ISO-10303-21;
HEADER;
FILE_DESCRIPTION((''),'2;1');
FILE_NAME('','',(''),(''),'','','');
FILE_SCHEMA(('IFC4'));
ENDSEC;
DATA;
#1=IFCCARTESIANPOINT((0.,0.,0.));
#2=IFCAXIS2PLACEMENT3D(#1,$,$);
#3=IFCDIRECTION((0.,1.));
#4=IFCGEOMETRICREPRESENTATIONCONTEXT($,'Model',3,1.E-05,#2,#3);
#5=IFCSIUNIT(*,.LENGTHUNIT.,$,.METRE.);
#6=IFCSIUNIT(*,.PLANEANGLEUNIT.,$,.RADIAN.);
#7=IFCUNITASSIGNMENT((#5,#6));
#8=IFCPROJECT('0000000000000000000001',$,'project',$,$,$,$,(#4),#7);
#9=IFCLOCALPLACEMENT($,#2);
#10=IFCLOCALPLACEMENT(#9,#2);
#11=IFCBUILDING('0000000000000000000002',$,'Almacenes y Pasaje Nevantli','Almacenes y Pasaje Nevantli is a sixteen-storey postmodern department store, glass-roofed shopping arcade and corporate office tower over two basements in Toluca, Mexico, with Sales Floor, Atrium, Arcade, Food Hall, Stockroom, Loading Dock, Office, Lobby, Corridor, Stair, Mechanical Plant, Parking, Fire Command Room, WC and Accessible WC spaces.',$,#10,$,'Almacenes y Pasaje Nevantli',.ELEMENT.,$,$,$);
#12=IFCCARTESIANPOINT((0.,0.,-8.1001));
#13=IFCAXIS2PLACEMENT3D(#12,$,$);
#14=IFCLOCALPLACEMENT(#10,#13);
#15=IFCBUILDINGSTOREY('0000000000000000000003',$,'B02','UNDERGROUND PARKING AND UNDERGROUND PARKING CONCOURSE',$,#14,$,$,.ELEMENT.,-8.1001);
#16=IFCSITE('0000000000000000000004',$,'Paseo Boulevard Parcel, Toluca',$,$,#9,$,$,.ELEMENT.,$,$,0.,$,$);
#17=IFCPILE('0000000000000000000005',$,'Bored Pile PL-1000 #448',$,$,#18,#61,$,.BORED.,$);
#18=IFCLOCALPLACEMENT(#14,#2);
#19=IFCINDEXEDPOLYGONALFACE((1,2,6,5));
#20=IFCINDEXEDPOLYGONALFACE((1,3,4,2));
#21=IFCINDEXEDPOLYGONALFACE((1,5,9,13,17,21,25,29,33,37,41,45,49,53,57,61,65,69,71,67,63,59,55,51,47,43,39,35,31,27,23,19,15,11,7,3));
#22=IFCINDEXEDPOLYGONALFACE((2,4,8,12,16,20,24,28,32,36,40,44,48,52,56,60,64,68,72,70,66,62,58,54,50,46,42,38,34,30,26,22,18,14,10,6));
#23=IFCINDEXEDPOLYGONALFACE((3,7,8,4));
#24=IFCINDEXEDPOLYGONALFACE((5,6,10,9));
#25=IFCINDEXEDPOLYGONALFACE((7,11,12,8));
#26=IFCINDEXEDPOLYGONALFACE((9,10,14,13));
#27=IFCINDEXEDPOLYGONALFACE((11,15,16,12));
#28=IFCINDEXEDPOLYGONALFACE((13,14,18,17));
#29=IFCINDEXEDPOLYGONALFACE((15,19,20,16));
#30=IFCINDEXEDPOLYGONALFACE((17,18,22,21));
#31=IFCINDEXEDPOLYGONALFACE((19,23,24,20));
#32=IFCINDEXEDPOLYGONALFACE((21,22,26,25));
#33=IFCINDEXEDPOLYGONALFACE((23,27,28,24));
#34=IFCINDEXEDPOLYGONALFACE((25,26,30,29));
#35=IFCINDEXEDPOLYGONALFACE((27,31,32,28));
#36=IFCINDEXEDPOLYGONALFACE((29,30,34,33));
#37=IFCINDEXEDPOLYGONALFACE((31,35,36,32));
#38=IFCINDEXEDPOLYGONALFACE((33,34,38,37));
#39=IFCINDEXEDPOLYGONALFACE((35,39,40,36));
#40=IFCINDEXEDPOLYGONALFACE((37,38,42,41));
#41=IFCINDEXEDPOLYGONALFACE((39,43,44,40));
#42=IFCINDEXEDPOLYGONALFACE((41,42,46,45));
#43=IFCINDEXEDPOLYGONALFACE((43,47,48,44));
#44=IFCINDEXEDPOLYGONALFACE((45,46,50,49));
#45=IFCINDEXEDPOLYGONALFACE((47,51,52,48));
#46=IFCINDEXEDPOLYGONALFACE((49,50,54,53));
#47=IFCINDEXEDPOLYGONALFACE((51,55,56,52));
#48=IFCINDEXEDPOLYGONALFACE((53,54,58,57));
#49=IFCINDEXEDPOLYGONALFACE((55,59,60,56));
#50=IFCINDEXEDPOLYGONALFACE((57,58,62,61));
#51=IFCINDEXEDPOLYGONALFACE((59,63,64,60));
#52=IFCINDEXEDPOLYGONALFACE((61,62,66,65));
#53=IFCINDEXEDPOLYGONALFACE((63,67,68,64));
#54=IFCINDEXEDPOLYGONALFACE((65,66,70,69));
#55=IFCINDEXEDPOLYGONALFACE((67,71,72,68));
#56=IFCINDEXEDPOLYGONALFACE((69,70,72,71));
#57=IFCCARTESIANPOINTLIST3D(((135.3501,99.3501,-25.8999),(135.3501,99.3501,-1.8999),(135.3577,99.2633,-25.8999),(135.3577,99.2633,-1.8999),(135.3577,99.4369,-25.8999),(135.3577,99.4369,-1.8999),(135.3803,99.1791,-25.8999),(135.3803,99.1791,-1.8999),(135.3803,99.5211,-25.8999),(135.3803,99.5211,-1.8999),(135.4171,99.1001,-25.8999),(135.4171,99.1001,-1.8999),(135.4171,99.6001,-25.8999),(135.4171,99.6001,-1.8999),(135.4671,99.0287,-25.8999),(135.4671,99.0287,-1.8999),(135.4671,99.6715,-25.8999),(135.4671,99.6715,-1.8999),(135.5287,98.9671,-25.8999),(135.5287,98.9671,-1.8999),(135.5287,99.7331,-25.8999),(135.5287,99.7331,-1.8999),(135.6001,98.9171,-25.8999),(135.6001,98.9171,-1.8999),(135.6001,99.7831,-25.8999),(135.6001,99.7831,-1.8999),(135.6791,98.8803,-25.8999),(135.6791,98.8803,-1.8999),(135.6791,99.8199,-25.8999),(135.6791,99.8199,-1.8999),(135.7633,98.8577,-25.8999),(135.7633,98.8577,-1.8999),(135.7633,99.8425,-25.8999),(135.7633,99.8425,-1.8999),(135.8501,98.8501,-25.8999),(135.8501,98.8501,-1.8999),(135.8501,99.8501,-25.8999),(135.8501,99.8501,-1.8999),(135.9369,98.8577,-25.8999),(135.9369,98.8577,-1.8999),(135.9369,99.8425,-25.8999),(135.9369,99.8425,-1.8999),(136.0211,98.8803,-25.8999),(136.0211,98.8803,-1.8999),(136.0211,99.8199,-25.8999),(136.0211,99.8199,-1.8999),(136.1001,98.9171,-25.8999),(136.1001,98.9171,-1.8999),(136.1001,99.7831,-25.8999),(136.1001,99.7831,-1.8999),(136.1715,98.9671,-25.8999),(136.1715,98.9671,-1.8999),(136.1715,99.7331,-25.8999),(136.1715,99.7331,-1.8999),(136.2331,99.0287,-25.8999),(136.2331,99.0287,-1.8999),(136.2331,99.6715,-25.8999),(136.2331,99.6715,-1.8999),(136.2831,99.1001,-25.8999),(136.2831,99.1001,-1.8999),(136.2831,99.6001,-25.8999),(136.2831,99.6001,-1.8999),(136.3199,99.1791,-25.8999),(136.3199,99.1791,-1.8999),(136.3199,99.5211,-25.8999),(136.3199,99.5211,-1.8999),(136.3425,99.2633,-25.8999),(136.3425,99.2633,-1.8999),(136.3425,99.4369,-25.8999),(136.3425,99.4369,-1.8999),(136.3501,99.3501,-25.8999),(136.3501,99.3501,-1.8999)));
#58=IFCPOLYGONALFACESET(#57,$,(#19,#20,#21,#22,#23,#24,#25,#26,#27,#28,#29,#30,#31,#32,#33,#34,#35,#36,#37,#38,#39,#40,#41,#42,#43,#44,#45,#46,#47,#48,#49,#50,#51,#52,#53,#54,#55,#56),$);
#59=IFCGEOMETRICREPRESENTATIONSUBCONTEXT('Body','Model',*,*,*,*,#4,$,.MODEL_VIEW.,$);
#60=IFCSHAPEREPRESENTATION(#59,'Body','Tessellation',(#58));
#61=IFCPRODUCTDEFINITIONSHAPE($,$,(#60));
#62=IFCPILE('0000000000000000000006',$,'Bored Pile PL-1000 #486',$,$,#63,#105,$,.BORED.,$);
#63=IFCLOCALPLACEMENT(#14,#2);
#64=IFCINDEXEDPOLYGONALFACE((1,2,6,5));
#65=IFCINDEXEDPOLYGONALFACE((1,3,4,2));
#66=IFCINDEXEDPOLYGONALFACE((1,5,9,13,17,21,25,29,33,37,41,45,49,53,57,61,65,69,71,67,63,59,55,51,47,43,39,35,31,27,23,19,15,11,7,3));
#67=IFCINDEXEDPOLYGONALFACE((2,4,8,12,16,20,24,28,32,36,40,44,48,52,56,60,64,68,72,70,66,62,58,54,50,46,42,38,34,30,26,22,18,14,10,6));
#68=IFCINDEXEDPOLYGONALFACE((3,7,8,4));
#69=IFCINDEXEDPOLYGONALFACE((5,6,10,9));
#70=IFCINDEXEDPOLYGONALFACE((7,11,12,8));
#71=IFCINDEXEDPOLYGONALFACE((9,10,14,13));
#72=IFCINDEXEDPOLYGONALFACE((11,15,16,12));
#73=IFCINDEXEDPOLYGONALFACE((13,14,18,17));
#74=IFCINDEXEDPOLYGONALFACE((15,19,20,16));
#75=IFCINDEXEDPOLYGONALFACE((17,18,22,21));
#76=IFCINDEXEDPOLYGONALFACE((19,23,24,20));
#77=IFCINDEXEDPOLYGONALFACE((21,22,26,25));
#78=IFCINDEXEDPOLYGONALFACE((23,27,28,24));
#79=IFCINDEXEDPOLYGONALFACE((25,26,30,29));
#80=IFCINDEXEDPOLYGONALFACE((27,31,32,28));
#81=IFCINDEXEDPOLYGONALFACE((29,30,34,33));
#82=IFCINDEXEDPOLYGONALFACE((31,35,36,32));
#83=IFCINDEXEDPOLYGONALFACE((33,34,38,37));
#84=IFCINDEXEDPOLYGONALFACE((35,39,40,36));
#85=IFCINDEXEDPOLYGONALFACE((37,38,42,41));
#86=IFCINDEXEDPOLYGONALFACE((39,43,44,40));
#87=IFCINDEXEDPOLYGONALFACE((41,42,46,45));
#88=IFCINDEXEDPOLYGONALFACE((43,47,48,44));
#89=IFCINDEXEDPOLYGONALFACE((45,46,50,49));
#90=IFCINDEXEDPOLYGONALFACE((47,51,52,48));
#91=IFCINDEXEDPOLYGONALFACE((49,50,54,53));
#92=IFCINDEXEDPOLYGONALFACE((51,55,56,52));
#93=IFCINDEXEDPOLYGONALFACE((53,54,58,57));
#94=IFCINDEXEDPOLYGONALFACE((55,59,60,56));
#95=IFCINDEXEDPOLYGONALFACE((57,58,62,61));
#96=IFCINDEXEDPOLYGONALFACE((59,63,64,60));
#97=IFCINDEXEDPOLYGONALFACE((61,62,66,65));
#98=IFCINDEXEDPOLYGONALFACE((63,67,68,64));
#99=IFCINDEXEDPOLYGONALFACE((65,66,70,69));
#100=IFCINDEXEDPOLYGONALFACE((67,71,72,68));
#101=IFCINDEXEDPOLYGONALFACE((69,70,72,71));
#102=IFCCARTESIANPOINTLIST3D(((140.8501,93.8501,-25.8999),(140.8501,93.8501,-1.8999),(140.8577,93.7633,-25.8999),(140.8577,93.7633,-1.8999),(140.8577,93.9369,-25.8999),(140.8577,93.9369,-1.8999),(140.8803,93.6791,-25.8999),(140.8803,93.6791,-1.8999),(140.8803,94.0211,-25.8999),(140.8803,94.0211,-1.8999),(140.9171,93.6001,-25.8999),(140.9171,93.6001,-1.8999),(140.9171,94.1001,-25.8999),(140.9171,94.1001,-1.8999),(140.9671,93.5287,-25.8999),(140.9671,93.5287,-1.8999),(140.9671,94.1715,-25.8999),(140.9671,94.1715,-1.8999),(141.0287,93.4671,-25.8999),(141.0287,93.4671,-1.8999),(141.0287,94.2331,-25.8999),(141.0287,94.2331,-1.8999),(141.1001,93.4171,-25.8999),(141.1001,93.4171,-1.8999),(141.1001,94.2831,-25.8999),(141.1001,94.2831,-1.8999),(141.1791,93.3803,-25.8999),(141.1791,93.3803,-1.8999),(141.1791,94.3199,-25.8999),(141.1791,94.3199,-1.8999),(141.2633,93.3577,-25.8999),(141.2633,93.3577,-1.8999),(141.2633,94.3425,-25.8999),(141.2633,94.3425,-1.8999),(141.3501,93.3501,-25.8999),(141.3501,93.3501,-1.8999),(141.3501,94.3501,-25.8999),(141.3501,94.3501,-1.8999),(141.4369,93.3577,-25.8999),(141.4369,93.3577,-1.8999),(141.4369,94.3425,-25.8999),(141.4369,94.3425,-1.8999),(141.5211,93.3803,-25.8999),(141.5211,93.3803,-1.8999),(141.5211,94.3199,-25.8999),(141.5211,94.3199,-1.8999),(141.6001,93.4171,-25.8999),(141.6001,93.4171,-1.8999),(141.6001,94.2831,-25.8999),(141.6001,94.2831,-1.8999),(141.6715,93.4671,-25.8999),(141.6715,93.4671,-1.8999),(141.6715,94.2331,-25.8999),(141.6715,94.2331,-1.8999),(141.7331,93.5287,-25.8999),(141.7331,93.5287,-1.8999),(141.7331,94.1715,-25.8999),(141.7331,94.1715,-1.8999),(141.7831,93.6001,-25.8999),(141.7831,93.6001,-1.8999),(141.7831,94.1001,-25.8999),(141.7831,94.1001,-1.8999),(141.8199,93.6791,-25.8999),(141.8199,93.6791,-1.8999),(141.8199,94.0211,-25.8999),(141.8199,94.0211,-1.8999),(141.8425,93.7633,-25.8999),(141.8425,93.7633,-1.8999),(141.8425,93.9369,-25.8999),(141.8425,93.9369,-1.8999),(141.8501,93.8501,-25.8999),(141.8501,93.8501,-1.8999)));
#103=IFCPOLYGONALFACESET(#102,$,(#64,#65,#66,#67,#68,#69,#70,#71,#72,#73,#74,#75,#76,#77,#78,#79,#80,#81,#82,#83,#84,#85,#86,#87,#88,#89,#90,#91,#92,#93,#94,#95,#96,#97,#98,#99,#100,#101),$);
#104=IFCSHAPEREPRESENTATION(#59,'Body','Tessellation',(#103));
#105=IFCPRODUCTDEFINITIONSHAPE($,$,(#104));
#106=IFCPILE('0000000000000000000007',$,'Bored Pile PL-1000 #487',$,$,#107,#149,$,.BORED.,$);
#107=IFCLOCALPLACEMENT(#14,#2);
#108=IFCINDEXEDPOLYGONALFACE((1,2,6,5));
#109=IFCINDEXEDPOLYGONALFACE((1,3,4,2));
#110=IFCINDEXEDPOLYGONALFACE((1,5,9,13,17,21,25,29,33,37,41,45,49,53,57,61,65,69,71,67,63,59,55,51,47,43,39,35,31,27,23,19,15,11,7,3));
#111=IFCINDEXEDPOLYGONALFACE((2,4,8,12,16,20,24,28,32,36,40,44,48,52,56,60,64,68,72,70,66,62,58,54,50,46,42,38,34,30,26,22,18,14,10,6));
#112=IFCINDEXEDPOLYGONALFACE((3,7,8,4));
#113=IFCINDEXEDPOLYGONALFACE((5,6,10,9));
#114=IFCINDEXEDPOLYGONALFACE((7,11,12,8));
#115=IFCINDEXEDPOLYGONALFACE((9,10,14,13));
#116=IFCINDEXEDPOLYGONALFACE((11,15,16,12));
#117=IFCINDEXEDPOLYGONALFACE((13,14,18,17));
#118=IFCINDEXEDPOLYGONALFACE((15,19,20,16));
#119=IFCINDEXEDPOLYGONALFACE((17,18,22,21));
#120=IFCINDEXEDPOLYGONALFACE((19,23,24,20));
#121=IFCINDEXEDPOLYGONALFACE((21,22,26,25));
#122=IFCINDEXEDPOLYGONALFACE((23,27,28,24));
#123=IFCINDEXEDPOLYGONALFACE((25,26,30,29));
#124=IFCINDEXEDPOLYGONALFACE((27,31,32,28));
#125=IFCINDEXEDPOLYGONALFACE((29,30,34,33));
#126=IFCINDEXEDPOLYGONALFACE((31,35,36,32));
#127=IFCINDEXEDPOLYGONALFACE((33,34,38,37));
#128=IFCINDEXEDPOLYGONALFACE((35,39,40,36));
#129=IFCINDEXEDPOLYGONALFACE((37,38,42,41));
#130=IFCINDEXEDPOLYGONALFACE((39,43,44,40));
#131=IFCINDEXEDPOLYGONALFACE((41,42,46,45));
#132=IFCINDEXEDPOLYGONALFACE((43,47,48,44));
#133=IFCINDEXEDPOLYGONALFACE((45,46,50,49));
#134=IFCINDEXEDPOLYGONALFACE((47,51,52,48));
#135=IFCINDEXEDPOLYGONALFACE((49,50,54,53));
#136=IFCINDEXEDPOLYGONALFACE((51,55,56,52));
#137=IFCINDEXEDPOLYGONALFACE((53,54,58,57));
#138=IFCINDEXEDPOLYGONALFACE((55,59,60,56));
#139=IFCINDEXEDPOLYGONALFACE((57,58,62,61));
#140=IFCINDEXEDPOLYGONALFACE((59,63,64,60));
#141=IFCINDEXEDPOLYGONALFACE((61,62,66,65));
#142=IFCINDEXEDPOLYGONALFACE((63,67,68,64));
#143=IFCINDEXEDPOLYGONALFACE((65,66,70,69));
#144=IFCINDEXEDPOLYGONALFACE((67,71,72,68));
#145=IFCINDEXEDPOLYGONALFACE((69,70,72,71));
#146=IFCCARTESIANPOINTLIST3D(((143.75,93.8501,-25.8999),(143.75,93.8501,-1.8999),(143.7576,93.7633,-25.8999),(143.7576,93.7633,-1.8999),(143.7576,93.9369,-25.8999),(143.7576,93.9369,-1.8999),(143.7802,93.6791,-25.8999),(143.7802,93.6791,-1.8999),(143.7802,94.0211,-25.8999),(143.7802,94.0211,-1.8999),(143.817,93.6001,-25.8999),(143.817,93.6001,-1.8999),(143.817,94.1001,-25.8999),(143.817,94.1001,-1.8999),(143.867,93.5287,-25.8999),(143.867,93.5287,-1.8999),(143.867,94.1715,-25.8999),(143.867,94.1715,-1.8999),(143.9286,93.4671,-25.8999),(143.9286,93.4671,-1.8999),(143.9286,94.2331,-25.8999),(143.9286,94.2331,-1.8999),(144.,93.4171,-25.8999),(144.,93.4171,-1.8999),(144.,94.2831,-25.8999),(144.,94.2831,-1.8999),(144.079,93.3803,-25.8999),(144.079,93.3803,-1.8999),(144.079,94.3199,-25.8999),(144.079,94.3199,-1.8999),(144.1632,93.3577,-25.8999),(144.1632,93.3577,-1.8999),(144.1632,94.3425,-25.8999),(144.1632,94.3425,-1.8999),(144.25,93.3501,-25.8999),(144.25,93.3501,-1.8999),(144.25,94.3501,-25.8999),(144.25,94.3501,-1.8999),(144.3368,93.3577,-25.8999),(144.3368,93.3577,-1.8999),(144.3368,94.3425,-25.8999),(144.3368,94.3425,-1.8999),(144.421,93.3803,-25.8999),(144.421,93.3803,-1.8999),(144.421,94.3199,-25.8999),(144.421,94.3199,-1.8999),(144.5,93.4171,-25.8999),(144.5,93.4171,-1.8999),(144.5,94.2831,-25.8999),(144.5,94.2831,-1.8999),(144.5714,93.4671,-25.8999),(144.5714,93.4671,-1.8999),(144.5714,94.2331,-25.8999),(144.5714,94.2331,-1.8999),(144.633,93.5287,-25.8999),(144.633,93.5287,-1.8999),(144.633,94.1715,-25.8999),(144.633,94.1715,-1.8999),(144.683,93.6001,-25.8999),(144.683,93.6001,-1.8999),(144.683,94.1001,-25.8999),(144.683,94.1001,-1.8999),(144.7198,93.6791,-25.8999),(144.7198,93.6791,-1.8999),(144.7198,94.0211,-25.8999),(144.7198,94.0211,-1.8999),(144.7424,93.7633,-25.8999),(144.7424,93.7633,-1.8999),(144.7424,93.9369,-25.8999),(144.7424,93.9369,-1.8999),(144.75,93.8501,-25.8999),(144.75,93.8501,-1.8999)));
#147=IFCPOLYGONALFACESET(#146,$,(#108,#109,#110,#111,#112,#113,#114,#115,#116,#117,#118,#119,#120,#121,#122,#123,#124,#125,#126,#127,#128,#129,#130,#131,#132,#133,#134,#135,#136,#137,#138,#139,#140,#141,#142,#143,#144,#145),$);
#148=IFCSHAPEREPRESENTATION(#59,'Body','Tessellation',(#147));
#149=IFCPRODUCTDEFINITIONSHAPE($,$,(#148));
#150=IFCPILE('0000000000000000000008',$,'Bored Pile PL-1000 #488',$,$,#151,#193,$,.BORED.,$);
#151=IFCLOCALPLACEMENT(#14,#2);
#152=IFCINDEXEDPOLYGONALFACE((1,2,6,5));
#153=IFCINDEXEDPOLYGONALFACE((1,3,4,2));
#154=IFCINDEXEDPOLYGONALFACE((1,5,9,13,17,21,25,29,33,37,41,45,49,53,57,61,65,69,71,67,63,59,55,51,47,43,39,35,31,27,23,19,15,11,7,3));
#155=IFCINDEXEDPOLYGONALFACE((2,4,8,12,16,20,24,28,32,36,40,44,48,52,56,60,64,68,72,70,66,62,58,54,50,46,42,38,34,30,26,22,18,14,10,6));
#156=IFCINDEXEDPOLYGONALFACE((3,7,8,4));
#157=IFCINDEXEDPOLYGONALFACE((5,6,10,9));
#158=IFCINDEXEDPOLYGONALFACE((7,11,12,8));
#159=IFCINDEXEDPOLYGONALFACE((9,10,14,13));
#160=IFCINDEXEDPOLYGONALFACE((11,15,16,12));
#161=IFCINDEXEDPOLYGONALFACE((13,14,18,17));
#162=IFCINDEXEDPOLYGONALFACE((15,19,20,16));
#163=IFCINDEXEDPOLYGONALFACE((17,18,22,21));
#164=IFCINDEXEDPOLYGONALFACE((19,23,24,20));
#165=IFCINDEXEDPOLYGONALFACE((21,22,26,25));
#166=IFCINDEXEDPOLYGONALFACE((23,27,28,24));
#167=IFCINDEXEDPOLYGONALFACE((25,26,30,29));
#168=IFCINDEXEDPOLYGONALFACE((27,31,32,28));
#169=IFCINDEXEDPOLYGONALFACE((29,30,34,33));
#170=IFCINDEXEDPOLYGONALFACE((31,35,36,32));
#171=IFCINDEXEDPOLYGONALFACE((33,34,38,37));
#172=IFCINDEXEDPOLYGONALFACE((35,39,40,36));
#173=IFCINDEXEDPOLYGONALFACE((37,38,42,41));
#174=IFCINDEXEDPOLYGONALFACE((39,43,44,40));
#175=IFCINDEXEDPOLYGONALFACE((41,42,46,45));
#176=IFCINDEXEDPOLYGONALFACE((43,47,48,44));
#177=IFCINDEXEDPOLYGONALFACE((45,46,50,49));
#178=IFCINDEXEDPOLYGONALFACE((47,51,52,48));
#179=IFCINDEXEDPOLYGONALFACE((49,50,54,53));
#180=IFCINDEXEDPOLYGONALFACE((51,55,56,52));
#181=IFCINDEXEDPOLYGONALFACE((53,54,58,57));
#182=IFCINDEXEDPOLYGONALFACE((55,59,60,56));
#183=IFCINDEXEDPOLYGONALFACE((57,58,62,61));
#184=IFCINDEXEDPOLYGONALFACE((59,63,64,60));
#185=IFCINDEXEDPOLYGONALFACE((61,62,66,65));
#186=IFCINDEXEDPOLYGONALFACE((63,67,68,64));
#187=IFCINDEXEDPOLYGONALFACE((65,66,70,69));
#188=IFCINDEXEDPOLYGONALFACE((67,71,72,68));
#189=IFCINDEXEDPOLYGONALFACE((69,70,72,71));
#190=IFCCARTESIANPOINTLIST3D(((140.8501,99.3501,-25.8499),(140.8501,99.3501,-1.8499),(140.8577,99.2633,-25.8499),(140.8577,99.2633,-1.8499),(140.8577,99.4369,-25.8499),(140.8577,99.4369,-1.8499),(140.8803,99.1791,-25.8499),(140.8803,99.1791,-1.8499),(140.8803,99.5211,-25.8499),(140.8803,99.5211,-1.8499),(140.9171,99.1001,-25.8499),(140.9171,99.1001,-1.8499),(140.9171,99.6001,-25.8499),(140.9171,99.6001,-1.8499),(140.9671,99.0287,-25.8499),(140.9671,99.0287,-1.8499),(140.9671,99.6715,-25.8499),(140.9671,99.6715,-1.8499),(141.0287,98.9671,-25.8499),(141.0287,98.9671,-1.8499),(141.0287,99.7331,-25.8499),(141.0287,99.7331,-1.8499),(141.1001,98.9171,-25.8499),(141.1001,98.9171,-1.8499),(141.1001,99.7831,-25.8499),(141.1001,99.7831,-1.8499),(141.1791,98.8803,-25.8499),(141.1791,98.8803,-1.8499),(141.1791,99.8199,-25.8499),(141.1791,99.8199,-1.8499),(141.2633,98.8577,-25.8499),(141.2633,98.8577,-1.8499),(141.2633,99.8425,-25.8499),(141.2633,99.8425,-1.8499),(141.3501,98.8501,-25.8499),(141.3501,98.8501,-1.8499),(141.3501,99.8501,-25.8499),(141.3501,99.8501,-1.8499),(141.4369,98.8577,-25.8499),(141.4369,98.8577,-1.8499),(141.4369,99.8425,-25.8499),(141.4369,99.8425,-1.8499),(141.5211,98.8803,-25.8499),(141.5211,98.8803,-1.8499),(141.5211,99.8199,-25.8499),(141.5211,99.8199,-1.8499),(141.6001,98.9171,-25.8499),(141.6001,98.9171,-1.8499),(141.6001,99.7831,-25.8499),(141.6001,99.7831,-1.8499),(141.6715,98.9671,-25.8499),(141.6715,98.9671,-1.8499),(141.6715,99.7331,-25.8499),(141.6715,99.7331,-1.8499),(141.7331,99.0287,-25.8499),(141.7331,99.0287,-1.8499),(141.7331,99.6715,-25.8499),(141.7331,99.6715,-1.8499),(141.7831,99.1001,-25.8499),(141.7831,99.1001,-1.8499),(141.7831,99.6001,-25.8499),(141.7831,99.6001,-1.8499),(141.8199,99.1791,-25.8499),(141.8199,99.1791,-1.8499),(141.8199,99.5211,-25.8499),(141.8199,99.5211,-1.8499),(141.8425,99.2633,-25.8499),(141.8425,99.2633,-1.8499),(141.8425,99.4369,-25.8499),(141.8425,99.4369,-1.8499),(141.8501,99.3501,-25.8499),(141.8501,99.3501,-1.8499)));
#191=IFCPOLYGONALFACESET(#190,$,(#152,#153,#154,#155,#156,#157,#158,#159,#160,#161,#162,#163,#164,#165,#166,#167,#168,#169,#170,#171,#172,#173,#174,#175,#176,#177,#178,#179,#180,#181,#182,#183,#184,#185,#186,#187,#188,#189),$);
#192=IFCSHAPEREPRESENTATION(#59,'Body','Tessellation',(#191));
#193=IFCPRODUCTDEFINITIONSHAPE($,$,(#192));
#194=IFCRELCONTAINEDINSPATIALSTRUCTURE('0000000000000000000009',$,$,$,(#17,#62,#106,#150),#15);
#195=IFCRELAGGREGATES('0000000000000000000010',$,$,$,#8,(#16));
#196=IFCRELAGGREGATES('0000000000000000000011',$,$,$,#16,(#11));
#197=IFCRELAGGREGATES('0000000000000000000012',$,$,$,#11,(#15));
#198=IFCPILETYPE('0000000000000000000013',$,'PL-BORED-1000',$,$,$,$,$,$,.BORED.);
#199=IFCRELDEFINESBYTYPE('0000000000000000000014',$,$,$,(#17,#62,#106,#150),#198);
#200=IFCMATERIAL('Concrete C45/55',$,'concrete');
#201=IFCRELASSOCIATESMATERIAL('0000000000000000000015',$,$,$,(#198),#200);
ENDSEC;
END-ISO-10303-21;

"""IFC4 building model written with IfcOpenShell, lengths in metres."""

from ifc_helpers import new_model, si_unit, direction, frame, origin, origin_2d, place, context, subcontext, project, spatial, circle, extrude, material, material_profile, profile_set, type_object, element, save


model = new_model("IFC4")

# Units and contexts
model_context = context("Model", 3, precision=1e-05, world=origin(), true_north=direction((0.0, 1.0)))
body_context = subcontext(model_context, "Body", "Model", "MODEL_VIEW")
ifc_project = project(units=[si_unit("LENGTHUNIT", "METRE"), si_unit("PLANEANGLEUNIT", "RADIAN")], contexts=[model_context])

# Site, building, storey
site_placement = place(None, origin())
site = spatial("IfcSite", under=ifc_project, at=site_placement, Name="Paseo Boulevard Parcel, Toluca", CompositionType="ELEMENT", RefElevation=0.0)
building_placement = place(site_placement, origin())
building = spatial("IfcBuilding", under=site, at=building_placement, Name="Almacenes y Pasaje Nevantli", Description="Almacenes y Pasaje Nevantli is a sixteen-storey postmodern department store, glass-roofed shopping arcade and corporate office tower over two basements in Toluca, Mexico, with Sales Floor, Atrium, Arcade, Food Hall, Stockroom, Loading Dock, Office, Lobby, Corridor, Stair, Mechanical Plant, Parking, Fire Command Room, WC and Accessible WC spaces.", LongName="Almacenes y Pasaje Nevantli", CompositionType="ELEMENT")
storey_placement = place(building_placement, frame((0.0, 0.0, -8.1001)))
storey = spatial("IfcBuildingStorey", under=building, at=storey_placement, Name="B02", Description="UNDERGROUND PARKING AND UNDERGROUND PARKING CONCOURSE", CompositionType="ELEMENT", Elevation=-8.1001)

# Piles
ifc_material_1 = material(Name="Concrete C45/55", Category="concrete")
ifc_material_profile_1 = material_profile(ifc_material_1, circle(Radius=0.5, at=origin_2d()), Name="RC-PILE-D1000")
ifc_profile_set_1 = profile_set([ifc_material_profile_1], Name="Concrete C45/55")
pile_type = type_object("IfcPileType", Name="PL-BORED-1000", PredefinedType="BORED", material=ifc_profile_set_1)
for number, where, z_axis, x_axis, name in (
    (1, (135.8501, 99.3501, -1.8999), (0.0, 0.0, -1.0), (1.0, 0.0, 0.0), "Bored Pile PL-1000 #448"),
    (2, (141.3501, 93.8501, -1.8999), (0.0, 0.0, -1.0), (1.0, 0.0, 0.0), "Bored Pile PL-1000 #486"),
    (3, (144.25, 93.8501, -1.8999), (0.0, 0.0, -1.0), (1.0, 0.0, 0.0), "Bored Pile PL-1000 #487"),
    (4, (141.3501, 99.3501, -1.8499), (0.0, 0.0, -1.0), (1.0, 0.0, 0.0), "Bored Pile PL-1000 #488"),
):
    element("IfcPile", number, at=place(storey_placement, frame(where, z_axis=z_axis, x_axis=x_axis)), inside=storey, type_object=pile_type, Name=name, PredefinedType="BORED", context=body_context, shape_type="SweptSolid", body=[
        extrude(circle(Radius=0.5, at=origin_2d()), origin(), (0.0, 0.0, 1.0), 24.0),
    ])

save(model, "model.ifc")
